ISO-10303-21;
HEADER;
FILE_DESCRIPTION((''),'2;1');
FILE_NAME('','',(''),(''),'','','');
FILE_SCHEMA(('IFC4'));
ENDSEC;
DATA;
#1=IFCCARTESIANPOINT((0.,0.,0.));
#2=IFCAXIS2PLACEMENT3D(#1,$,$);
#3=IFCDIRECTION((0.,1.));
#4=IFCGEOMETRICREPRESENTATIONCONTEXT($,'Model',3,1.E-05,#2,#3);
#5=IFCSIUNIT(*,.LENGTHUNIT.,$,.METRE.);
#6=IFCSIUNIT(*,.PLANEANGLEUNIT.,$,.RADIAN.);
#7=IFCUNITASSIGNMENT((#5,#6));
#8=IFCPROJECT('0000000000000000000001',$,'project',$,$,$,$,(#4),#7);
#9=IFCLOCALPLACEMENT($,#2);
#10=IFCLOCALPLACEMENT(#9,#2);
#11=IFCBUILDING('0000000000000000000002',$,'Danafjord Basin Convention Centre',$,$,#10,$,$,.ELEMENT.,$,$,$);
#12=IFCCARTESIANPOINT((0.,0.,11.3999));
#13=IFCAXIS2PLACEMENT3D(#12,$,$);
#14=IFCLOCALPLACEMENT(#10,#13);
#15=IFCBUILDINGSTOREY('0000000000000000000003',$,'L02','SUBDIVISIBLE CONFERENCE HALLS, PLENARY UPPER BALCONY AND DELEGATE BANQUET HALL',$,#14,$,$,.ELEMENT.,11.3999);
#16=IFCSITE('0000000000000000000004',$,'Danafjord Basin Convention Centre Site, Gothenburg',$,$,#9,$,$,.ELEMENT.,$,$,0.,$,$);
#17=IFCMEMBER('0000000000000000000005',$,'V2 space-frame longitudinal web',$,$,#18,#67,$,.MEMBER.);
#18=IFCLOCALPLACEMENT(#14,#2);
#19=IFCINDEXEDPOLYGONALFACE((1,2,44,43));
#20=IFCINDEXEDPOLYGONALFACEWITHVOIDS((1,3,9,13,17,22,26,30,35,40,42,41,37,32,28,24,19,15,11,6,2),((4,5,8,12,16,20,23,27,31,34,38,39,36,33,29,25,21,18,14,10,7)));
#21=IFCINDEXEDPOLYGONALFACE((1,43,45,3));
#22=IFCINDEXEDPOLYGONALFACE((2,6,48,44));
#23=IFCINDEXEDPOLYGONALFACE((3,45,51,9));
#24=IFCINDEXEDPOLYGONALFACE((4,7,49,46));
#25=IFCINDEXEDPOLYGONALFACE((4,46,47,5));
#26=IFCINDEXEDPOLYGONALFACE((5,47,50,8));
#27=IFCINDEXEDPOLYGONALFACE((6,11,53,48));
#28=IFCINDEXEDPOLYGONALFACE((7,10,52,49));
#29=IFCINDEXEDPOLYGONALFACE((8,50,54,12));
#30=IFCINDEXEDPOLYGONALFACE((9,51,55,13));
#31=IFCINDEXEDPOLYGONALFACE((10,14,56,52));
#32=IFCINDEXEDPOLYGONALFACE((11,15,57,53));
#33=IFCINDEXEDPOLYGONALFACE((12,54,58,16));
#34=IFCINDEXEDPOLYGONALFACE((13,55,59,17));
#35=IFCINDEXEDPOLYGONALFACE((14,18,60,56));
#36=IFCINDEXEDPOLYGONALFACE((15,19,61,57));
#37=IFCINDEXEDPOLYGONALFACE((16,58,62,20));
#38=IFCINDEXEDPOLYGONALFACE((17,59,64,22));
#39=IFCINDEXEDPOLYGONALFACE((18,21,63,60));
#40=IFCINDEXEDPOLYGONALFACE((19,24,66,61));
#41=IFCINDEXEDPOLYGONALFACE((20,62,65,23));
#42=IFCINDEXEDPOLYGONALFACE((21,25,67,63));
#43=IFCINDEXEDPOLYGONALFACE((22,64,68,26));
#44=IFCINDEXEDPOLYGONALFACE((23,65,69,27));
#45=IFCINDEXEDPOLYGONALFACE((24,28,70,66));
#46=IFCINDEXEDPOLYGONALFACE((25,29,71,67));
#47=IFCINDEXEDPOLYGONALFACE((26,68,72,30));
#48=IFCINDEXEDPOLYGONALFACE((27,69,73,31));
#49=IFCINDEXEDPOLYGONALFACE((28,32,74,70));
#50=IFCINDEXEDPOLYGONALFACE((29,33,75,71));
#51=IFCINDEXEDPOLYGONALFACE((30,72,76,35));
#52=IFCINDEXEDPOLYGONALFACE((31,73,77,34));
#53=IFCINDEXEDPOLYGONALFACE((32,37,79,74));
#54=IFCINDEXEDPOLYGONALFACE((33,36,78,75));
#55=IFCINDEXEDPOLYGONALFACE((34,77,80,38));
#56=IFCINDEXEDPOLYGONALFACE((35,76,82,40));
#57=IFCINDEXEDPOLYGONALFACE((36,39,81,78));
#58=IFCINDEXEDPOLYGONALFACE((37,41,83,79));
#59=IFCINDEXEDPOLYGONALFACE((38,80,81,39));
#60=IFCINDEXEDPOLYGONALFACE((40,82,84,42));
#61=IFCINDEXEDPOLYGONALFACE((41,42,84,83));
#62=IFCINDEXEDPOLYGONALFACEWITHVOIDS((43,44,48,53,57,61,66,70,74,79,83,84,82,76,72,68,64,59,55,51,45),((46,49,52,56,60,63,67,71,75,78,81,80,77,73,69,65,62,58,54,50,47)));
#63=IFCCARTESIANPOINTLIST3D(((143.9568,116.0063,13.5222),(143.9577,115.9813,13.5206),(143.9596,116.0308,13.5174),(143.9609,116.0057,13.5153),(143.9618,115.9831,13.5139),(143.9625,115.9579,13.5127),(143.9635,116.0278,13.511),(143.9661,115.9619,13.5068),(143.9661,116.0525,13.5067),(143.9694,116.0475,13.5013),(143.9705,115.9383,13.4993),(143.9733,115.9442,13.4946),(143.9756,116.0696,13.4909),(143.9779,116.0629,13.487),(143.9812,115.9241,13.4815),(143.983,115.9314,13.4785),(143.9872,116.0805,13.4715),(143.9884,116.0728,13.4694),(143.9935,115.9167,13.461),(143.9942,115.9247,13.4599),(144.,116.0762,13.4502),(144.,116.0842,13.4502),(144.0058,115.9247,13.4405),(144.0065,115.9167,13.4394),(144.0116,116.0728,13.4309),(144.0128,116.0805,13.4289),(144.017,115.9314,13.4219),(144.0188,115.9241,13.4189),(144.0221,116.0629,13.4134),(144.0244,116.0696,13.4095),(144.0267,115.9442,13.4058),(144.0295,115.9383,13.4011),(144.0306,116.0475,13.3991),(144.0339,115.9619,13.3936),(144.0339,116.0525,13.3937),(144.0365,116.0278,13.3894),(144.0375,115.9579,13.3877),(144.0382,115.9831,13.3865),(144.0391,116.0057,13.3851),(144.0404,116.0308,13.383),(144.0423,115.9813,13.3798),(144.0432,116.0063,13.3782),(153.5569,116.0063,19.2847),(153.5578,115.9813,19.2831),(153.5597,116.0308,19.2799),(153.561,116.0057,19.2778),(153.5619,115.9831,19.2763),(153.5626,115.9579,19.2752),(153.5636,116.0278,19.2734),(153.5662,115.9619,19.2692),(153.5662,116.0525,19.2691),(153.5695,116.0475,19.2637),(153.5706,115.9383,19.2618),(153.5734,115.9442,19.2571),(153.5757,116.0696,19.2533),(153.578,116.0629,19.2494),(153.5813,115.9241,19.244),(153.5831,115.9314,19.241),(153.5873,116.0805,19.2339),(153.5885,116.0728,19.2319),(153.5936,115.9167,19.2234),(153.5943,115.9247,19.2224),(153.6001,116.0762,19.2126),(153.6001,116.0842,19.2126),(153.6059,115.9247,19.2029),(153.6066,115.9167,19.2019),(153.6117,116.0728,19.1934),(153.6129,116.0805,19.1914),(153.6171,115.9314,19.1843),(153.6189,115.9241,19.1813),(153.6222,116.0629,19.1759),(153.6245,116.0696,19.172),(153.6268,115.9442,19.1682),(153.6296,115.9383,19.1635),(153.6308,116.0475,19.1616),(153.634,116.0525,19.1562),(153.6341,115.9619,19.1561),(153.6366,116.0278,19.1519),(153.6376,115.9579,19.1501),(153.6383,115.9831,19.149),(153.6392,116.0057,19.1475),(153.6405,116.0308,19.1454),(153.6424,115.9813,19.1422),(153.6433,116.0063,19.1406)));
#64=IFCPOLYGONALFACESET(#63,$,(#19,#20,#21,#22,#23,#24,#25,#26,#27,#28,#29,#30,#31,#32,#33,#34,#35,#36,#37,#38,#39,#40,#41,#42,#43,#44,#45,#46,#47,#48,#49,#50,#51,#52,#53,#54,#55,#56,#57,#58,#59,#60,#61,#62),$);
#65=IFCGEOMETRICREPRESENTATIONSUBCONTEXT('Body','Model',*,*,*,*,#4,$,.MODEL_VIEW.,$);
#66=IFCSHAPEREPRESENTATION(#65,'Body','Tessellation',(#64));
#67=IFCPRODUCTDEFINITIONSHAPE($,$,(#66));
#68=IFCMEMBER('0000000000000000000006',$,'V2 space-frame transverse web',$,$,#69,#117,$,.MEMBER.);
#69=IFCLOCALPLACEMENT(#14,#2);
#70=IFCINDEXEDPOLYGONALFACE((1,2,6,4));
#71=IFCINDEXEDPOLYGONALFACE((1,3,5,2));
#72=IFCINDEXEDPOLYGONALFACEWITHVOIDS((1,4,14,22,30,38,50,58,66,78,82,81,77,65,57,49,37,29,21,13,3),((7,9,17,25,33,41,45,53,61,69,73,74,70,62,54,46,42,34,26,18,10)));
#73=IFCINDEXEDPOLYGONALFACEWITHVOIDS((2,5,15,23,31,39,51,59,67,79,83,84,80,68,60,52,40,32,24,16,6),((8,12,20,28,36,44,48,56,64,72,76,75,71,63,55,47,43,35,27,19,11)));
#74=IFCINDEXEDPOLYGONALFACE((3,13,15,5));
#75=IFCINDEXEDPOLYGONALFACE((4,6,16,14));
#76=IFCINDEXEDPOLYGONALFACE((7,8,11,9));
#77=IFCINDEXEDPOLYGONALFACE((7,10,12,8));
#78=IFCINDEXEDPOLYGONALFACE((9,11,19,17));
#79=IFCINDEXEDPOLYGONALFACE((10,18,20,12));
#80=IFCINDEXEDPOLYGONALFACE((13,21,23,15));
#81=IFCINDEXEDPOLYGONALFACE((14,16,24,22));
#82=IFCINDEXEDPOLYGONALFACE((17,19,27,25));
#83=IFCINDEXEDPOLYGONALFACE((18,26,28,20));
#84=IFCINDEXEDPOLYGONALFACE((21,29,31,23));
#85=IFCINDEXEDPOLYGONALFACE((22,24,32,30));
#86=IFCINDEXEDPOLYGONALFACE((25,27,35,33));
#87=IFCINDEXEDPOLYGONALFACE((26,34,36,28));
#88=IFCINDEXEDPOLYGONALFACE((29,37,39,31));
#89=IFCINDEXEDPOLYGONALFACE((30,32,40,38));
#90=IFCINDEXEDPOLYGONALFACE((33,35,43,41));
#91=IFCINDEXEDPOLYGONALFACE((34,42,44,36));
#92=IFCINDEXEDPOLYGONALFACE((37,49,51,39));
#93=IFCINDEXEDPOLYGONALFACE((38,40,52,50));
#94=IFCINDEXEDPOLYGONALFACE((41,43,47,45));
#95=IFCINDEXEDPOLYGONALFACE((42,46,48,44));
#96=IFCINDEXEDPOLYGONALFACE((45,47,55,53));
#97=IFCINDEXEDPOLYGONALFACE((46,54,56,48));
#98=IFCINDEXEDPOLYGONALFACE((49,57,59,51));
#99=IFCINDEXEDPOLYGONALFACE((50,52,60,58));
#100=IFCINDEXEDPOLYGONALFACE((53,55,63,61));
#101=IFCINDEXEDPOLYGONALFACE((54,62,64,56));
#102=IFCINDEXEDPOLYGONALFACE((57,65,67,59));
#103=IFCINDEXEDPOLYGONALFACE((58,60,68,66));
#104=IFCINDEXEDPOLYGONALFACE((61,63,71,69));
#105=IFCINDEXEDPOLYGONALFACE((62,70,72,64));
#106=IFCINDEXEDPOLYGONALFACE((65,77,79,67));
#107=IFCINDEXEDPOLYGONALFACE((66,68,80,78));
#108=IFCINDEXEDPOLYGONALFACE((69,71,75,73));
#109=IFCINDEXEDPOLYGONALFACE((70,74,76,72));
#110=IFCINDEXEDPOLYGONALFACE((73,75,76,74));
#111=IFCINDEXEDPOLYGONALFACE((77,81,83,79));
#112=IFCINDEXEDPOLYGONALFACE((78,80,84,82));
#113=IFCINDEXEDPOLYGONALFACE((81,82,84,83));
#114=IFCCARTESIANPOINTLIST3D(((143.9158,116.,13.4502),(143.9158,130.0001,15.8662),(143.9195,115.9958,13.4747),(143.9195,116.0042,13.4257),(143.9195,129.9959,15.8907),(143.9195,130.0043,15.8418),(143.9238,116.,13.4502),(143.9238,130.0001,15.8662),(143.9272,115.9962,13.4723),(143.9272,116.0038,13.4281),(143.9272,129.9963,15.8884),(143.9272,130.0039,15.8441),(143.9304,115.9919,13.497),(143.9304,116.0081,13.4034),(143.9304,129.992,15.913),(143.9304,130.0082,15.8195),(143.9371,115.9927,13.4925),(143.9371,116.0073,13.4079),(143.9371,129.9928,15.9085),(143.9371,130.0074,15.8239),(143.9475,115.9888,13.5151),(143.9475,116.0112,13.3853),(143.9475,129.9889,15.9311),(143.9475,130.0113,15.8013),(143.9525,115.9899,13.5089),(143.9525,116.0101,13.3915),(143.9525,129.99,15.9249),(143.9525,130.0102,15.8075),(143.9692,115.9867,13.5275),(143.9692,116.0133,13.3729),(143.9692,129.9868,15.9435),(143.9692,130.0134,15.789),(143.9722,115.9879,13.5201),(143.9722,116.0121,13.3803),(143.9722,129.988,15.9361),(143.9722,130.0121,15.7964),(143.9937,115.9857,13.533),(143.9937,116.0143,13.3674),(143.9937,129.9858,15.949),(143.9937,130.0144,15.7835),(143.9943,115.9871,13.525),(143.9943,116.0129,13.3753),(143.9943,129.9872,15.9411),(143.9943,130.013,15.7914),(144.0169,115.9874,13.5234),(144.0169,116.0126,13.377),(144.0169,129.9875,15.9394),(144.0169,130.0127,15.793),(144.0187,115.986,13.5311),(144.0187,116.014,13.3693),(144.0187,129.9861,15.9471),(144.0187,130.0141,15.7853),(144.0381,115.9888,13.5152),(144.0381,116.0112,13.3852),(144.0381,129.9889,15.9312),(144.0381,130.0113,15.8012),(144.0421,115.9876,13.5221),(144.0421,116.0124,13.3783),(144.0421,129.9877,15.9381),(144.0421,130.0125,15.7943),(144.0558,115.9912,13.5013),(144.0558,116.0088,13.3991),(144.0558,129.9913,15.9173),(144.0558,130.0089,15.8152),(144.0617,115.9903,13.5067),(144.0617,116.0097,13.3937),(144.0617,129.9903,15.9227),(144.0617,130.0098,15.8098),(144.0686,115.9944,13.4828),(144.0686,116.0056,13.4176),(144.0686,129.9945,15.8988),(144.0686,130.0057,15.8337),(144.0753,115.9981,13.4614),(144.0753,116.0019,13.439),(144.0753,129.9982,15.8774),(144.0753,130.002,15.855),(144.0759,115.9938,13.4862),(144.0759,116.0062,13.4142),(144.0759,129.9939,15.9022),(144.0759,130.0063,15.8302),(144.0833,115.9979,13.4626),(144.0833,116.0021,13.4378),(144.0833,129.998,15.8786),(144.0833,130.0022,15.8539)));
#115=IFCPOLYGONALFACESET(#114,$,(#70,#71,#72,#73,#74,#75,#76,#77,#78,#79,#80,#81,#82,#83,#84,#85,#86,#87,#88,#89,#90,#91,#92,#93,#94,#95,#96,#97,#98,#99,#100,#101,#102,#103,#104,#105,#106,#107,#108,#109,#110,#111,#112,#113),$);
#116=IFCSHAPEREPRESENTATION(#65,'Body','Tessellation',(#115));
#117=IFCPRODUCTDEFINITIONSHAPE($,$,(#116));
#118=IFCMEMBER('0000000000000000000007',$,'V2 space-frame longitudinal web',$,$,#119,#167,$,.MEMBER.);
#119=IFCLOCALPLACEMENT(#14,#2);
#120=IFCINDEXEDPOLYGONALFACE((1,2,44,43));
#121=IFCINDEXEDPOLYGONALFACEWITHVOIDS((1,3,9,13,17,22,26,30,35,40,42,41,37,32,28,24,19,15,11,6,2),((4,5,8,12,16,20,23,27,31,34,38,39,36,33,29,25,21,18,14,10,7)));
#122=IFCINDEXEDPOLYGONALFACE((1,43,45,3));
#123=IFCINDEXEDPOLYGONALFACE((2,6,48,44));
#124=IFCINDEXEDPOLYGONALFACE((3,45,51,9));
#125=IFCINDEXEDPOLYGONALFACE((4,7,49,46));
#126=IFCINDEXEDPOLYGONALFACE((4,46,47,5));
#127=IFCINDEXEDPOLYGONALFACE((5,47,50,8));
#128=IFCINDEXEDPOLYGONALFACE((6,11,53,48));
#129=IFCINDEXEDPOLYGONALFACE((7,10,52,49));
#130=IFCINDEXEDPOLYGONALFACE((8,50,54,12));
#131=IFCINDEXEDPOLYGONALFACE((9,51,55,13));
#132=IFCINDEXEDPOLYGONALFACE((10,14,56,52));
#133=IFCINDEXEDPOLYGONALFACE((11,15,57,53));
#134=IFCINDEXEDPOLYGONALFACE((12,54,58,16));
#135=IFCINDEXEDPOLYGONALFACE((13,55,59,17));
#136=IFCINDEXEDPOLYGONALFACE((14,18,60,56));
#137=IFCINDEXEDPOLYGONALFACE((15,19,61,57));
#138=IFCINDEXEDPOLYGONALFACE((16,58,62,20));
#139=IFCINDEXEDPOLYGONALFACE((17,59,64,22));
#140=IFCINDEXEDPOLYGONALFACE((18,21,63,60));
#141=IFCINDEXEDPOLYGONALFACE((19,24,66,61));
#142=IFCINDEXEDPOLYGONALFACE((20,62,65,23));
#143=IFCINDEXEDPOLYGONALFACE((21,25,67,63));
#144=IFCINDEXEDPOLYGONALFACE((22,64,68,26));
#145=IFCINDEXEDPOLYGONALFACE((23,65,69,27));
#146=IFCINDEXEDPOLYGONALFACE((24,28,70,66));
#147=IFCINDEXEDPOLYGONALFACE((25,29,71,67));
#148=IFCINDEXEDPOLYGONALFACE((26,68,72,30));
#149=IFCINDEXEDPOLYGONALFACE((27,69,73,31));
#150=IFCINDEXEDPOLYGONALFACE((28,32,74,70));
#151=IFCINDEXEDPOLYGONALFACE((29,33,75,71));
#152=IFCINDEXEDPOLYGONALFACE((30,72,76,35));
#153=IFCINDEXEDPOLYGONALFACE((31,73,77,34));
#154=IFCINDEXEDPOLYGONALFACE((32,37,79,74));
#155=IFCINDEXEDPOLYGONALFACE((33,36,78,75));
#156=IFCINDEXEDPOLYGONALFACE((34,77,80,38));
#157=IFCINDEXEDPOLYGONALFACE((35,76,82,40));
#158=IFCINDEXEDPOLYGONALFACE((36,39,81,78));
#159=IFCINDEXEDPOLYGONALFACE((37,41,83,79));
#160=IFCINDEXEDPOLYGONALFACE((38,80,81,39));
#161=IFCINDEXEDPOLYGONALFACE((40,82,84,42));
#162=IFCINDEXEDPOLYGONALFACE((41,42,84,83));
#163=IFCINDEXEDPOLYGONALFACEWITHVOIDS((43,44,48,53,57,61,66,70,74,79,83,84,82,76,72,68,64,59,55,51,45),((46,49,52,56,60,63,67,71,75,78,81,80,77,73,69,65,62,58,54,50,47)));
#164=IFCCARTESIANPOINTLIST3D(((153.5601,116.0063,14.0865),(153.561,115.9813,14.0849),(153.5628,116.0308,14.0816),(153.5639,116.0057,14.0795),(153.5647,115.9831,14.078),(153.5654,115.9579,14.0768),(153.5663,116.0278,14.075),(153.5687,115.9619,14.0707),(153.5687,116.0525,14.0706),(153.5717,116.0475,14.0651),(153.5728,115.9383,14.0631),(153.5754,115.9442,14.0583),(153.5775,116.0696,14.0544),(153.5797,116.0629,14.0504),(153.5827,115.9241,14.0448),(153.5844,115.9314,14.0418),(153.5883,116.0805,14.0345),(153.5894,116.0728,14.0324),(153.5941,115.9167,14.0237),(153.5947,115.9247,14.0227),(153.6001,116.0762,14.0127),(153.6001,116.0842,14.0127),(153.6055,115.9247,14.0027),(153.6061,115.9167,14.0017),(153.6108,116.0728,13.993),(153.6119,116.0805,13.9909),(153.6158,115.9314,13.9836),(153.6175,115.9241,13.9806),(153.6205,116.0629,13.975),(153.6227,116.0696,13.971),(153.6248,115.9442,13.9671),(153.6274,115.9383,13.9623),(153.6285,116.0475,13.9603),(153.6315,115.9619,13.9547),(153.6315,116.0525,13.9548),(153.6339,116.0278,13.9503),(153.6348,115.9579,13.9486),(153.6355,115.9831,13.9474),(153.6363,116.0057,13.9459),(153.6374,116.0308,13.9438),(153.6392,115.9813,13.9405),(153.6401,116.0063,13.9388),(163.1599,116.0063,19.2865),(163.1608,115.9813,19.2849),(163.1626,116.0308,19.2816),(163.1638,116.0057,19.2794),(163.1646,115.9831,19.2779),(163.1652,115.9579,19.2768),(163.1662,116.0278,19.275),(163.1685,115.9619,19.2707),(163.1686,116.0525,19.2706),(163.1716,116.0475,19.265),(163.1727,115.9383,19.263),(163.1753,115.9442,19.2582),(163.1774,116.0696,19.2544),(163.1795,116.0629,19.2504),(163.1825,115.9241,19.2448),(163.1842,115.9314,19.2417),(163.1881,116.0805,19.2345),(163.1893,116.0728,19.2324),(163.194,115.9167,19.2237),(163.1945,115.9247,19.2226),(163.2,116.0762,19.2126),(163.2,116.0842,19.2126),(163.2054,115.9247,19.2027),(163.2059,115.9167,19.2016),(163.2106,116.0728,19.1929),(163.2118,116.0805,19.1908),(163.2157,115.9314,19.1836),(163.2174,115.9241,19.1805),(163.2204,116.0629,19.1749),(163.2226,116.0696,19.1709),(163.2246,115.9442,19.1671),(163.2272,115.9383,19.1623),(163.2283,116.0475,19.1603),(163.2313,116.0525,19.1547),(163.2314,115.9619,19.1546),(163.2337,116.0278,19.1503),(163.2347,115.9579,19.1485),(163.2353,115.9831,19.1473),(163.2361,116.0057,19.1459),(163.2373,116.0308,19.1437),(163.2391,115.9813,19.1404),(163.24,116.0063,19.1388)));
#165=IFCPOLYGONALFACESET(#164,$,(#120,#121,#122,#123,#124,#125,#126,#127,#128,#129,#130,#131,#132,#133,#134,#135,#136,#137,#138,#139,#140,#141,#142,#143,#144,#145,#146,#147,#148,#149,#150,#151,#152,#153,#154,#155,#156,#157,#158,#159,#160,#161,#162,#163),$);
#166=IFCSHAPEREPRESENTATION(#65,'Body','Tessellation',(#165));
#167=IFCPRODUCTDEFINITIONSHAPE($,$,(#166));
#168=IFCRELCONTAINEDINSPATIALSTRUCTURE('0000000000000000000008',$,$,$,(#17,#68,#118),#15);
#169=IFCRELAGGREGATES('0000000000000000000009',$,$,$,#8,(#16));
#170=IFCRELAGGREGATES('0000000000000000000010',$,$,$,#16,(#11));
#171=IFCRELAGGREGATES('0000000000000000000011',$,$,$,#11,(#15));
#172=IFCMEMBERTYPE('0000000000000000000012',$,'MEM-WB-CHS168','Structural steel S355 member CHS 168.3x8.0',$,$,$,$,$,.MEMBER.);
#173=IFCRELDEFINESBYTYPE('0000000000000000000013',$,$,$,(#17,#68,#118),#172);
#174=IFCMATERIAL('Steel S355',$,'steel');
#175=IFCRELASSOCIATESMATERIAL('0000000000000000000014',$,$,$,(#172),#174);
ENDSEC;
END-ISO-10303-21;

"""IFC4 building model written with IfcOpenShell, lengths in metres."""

from ifc_helpers import new_model, si_unit, direction, frame, origin, origin_2d, place, context, subcontext, project, spatial, hollow_circle, extrude, material, material_profile, profile_set, type_object, element, save


model = new_model("IFC4")

# Units and contexts
model_context = context("Model", 3, precision=1e-05, world=origin(), true_north=direction((0.0, 1.0)))
body_context = subcontext(model_context, "Body", "Model", "MODEL_VIEW")
ifc_project = project(units=[si_unit("LENGTHUNIT", "METRE"), si_unit("PLANEANGLEUNIT", "RADIAN")], contexts=[model_context])

# Site, building, storey
site_placement = place(None, origin())
site = spatial("IfcSite", under=ifc_project, at=site_placement, Name="Danafjord Basin Convention Centre Site, Gothenburg", CompositionType="ELEMENT", RefElevation=0.0)
building_placement = place(site_placement, origin())
building = spatial("IfcBuilding", under=site, at=building_placement, Name="Danafjord Basin Convention Centre", CompositionType="ELEMENT")
storey_placement = place(building_placement, frame((0.0, 0.0, 11.3999)))
storey = spatial("IfcBuildingStorey", under=building, at=storey_placement, Name="L02", Description="SUBDIVISIBLE CONFERENCE HALLS, PLENARY UPPER BALCONY AND DELEGATE BANQUET HALL", CompositionType="ELEMENT", Elevation=11.3999)

# Members
ifc_material = material(Name="Steel S355", Category="steel")
ifc_material_profile_1 = material_profile(ifc_material, hollow_circle(Radius=0.0842, WallThickness=0.0081, at=origin_2d()), Name="CHS 168.3x8.0")
ifc_profile_set_1 = profile_set([ifc_material_profile_1], Name="Steel S355")
member_type_1 = type_object("IfcMemberType", Name="MEM-WB-CHS168", Description="Structural steel S355 member CHS 168.3x8.0", PredefinedType="MEMBER", material=ifc_profile_set_1)
member_1_placement = place(storey_placement, frame((144.0, 116.0, 13.4502), z_axis=(0.857399, 0.0, 0.514653), x_axis=(0.0, 1.0, 0.0)))
element("IfcMember", 1, at=member_1_placement, inside=storey, type_object=member_type_1, Name="V2 space-frame longitudinal web", PredefinedType="MEMBER", context=body_context, shape_type="SweptSolid", body=[
    extrude(hollow_circle(Radius=0.0842, WallThickness=0.0081, at=origin_2d()), origin(), (0.0, 0.0, 1.0), 11.1968),
])
member_2_placement = place(storey_placement, frame((144.0, 116.0, 13.4502), z_axis=(0.0, 0.985434, 0.170059), x_axis=(-1.0, 0.0, 0.0)))
element("IfcMember", 2, at=member_2_placement, inside=storey, type_object=member_type_1, Name="V2 space-frame transverse web", PredefinedType="MEMBER", context=body_context, shape_type="SweptSolid", body=[
    extrude(hollow_circle(Radius=0.0842, WallThickness=0.0081, at=origin_2d()), origin(), (0.0, 0.0, 1.0), 14.207),
])
member_3_placement = place(storey_placement, frame((153.6001, 116.0, 14.0127), z_axis=(0.879291, 0.0, 0.476285), x_axis=(0.0, 1.0, 0.0)))
element("IfcMember", 3, at=member_3_placement, inside=storey, type_object=member_type_1, Name="V2 space-frame longitudinal web", PredefinedType="MEMBER", context=body_context, shape_type="SweptSolid", body=[
    extrude(hollow_circle(Radius=0.0842, WallThickness=0.0081, at=origin_2d()), origin(), (0.0, 0.0, 1.0), 10.9177),
])

save(model, "model.ifc")
